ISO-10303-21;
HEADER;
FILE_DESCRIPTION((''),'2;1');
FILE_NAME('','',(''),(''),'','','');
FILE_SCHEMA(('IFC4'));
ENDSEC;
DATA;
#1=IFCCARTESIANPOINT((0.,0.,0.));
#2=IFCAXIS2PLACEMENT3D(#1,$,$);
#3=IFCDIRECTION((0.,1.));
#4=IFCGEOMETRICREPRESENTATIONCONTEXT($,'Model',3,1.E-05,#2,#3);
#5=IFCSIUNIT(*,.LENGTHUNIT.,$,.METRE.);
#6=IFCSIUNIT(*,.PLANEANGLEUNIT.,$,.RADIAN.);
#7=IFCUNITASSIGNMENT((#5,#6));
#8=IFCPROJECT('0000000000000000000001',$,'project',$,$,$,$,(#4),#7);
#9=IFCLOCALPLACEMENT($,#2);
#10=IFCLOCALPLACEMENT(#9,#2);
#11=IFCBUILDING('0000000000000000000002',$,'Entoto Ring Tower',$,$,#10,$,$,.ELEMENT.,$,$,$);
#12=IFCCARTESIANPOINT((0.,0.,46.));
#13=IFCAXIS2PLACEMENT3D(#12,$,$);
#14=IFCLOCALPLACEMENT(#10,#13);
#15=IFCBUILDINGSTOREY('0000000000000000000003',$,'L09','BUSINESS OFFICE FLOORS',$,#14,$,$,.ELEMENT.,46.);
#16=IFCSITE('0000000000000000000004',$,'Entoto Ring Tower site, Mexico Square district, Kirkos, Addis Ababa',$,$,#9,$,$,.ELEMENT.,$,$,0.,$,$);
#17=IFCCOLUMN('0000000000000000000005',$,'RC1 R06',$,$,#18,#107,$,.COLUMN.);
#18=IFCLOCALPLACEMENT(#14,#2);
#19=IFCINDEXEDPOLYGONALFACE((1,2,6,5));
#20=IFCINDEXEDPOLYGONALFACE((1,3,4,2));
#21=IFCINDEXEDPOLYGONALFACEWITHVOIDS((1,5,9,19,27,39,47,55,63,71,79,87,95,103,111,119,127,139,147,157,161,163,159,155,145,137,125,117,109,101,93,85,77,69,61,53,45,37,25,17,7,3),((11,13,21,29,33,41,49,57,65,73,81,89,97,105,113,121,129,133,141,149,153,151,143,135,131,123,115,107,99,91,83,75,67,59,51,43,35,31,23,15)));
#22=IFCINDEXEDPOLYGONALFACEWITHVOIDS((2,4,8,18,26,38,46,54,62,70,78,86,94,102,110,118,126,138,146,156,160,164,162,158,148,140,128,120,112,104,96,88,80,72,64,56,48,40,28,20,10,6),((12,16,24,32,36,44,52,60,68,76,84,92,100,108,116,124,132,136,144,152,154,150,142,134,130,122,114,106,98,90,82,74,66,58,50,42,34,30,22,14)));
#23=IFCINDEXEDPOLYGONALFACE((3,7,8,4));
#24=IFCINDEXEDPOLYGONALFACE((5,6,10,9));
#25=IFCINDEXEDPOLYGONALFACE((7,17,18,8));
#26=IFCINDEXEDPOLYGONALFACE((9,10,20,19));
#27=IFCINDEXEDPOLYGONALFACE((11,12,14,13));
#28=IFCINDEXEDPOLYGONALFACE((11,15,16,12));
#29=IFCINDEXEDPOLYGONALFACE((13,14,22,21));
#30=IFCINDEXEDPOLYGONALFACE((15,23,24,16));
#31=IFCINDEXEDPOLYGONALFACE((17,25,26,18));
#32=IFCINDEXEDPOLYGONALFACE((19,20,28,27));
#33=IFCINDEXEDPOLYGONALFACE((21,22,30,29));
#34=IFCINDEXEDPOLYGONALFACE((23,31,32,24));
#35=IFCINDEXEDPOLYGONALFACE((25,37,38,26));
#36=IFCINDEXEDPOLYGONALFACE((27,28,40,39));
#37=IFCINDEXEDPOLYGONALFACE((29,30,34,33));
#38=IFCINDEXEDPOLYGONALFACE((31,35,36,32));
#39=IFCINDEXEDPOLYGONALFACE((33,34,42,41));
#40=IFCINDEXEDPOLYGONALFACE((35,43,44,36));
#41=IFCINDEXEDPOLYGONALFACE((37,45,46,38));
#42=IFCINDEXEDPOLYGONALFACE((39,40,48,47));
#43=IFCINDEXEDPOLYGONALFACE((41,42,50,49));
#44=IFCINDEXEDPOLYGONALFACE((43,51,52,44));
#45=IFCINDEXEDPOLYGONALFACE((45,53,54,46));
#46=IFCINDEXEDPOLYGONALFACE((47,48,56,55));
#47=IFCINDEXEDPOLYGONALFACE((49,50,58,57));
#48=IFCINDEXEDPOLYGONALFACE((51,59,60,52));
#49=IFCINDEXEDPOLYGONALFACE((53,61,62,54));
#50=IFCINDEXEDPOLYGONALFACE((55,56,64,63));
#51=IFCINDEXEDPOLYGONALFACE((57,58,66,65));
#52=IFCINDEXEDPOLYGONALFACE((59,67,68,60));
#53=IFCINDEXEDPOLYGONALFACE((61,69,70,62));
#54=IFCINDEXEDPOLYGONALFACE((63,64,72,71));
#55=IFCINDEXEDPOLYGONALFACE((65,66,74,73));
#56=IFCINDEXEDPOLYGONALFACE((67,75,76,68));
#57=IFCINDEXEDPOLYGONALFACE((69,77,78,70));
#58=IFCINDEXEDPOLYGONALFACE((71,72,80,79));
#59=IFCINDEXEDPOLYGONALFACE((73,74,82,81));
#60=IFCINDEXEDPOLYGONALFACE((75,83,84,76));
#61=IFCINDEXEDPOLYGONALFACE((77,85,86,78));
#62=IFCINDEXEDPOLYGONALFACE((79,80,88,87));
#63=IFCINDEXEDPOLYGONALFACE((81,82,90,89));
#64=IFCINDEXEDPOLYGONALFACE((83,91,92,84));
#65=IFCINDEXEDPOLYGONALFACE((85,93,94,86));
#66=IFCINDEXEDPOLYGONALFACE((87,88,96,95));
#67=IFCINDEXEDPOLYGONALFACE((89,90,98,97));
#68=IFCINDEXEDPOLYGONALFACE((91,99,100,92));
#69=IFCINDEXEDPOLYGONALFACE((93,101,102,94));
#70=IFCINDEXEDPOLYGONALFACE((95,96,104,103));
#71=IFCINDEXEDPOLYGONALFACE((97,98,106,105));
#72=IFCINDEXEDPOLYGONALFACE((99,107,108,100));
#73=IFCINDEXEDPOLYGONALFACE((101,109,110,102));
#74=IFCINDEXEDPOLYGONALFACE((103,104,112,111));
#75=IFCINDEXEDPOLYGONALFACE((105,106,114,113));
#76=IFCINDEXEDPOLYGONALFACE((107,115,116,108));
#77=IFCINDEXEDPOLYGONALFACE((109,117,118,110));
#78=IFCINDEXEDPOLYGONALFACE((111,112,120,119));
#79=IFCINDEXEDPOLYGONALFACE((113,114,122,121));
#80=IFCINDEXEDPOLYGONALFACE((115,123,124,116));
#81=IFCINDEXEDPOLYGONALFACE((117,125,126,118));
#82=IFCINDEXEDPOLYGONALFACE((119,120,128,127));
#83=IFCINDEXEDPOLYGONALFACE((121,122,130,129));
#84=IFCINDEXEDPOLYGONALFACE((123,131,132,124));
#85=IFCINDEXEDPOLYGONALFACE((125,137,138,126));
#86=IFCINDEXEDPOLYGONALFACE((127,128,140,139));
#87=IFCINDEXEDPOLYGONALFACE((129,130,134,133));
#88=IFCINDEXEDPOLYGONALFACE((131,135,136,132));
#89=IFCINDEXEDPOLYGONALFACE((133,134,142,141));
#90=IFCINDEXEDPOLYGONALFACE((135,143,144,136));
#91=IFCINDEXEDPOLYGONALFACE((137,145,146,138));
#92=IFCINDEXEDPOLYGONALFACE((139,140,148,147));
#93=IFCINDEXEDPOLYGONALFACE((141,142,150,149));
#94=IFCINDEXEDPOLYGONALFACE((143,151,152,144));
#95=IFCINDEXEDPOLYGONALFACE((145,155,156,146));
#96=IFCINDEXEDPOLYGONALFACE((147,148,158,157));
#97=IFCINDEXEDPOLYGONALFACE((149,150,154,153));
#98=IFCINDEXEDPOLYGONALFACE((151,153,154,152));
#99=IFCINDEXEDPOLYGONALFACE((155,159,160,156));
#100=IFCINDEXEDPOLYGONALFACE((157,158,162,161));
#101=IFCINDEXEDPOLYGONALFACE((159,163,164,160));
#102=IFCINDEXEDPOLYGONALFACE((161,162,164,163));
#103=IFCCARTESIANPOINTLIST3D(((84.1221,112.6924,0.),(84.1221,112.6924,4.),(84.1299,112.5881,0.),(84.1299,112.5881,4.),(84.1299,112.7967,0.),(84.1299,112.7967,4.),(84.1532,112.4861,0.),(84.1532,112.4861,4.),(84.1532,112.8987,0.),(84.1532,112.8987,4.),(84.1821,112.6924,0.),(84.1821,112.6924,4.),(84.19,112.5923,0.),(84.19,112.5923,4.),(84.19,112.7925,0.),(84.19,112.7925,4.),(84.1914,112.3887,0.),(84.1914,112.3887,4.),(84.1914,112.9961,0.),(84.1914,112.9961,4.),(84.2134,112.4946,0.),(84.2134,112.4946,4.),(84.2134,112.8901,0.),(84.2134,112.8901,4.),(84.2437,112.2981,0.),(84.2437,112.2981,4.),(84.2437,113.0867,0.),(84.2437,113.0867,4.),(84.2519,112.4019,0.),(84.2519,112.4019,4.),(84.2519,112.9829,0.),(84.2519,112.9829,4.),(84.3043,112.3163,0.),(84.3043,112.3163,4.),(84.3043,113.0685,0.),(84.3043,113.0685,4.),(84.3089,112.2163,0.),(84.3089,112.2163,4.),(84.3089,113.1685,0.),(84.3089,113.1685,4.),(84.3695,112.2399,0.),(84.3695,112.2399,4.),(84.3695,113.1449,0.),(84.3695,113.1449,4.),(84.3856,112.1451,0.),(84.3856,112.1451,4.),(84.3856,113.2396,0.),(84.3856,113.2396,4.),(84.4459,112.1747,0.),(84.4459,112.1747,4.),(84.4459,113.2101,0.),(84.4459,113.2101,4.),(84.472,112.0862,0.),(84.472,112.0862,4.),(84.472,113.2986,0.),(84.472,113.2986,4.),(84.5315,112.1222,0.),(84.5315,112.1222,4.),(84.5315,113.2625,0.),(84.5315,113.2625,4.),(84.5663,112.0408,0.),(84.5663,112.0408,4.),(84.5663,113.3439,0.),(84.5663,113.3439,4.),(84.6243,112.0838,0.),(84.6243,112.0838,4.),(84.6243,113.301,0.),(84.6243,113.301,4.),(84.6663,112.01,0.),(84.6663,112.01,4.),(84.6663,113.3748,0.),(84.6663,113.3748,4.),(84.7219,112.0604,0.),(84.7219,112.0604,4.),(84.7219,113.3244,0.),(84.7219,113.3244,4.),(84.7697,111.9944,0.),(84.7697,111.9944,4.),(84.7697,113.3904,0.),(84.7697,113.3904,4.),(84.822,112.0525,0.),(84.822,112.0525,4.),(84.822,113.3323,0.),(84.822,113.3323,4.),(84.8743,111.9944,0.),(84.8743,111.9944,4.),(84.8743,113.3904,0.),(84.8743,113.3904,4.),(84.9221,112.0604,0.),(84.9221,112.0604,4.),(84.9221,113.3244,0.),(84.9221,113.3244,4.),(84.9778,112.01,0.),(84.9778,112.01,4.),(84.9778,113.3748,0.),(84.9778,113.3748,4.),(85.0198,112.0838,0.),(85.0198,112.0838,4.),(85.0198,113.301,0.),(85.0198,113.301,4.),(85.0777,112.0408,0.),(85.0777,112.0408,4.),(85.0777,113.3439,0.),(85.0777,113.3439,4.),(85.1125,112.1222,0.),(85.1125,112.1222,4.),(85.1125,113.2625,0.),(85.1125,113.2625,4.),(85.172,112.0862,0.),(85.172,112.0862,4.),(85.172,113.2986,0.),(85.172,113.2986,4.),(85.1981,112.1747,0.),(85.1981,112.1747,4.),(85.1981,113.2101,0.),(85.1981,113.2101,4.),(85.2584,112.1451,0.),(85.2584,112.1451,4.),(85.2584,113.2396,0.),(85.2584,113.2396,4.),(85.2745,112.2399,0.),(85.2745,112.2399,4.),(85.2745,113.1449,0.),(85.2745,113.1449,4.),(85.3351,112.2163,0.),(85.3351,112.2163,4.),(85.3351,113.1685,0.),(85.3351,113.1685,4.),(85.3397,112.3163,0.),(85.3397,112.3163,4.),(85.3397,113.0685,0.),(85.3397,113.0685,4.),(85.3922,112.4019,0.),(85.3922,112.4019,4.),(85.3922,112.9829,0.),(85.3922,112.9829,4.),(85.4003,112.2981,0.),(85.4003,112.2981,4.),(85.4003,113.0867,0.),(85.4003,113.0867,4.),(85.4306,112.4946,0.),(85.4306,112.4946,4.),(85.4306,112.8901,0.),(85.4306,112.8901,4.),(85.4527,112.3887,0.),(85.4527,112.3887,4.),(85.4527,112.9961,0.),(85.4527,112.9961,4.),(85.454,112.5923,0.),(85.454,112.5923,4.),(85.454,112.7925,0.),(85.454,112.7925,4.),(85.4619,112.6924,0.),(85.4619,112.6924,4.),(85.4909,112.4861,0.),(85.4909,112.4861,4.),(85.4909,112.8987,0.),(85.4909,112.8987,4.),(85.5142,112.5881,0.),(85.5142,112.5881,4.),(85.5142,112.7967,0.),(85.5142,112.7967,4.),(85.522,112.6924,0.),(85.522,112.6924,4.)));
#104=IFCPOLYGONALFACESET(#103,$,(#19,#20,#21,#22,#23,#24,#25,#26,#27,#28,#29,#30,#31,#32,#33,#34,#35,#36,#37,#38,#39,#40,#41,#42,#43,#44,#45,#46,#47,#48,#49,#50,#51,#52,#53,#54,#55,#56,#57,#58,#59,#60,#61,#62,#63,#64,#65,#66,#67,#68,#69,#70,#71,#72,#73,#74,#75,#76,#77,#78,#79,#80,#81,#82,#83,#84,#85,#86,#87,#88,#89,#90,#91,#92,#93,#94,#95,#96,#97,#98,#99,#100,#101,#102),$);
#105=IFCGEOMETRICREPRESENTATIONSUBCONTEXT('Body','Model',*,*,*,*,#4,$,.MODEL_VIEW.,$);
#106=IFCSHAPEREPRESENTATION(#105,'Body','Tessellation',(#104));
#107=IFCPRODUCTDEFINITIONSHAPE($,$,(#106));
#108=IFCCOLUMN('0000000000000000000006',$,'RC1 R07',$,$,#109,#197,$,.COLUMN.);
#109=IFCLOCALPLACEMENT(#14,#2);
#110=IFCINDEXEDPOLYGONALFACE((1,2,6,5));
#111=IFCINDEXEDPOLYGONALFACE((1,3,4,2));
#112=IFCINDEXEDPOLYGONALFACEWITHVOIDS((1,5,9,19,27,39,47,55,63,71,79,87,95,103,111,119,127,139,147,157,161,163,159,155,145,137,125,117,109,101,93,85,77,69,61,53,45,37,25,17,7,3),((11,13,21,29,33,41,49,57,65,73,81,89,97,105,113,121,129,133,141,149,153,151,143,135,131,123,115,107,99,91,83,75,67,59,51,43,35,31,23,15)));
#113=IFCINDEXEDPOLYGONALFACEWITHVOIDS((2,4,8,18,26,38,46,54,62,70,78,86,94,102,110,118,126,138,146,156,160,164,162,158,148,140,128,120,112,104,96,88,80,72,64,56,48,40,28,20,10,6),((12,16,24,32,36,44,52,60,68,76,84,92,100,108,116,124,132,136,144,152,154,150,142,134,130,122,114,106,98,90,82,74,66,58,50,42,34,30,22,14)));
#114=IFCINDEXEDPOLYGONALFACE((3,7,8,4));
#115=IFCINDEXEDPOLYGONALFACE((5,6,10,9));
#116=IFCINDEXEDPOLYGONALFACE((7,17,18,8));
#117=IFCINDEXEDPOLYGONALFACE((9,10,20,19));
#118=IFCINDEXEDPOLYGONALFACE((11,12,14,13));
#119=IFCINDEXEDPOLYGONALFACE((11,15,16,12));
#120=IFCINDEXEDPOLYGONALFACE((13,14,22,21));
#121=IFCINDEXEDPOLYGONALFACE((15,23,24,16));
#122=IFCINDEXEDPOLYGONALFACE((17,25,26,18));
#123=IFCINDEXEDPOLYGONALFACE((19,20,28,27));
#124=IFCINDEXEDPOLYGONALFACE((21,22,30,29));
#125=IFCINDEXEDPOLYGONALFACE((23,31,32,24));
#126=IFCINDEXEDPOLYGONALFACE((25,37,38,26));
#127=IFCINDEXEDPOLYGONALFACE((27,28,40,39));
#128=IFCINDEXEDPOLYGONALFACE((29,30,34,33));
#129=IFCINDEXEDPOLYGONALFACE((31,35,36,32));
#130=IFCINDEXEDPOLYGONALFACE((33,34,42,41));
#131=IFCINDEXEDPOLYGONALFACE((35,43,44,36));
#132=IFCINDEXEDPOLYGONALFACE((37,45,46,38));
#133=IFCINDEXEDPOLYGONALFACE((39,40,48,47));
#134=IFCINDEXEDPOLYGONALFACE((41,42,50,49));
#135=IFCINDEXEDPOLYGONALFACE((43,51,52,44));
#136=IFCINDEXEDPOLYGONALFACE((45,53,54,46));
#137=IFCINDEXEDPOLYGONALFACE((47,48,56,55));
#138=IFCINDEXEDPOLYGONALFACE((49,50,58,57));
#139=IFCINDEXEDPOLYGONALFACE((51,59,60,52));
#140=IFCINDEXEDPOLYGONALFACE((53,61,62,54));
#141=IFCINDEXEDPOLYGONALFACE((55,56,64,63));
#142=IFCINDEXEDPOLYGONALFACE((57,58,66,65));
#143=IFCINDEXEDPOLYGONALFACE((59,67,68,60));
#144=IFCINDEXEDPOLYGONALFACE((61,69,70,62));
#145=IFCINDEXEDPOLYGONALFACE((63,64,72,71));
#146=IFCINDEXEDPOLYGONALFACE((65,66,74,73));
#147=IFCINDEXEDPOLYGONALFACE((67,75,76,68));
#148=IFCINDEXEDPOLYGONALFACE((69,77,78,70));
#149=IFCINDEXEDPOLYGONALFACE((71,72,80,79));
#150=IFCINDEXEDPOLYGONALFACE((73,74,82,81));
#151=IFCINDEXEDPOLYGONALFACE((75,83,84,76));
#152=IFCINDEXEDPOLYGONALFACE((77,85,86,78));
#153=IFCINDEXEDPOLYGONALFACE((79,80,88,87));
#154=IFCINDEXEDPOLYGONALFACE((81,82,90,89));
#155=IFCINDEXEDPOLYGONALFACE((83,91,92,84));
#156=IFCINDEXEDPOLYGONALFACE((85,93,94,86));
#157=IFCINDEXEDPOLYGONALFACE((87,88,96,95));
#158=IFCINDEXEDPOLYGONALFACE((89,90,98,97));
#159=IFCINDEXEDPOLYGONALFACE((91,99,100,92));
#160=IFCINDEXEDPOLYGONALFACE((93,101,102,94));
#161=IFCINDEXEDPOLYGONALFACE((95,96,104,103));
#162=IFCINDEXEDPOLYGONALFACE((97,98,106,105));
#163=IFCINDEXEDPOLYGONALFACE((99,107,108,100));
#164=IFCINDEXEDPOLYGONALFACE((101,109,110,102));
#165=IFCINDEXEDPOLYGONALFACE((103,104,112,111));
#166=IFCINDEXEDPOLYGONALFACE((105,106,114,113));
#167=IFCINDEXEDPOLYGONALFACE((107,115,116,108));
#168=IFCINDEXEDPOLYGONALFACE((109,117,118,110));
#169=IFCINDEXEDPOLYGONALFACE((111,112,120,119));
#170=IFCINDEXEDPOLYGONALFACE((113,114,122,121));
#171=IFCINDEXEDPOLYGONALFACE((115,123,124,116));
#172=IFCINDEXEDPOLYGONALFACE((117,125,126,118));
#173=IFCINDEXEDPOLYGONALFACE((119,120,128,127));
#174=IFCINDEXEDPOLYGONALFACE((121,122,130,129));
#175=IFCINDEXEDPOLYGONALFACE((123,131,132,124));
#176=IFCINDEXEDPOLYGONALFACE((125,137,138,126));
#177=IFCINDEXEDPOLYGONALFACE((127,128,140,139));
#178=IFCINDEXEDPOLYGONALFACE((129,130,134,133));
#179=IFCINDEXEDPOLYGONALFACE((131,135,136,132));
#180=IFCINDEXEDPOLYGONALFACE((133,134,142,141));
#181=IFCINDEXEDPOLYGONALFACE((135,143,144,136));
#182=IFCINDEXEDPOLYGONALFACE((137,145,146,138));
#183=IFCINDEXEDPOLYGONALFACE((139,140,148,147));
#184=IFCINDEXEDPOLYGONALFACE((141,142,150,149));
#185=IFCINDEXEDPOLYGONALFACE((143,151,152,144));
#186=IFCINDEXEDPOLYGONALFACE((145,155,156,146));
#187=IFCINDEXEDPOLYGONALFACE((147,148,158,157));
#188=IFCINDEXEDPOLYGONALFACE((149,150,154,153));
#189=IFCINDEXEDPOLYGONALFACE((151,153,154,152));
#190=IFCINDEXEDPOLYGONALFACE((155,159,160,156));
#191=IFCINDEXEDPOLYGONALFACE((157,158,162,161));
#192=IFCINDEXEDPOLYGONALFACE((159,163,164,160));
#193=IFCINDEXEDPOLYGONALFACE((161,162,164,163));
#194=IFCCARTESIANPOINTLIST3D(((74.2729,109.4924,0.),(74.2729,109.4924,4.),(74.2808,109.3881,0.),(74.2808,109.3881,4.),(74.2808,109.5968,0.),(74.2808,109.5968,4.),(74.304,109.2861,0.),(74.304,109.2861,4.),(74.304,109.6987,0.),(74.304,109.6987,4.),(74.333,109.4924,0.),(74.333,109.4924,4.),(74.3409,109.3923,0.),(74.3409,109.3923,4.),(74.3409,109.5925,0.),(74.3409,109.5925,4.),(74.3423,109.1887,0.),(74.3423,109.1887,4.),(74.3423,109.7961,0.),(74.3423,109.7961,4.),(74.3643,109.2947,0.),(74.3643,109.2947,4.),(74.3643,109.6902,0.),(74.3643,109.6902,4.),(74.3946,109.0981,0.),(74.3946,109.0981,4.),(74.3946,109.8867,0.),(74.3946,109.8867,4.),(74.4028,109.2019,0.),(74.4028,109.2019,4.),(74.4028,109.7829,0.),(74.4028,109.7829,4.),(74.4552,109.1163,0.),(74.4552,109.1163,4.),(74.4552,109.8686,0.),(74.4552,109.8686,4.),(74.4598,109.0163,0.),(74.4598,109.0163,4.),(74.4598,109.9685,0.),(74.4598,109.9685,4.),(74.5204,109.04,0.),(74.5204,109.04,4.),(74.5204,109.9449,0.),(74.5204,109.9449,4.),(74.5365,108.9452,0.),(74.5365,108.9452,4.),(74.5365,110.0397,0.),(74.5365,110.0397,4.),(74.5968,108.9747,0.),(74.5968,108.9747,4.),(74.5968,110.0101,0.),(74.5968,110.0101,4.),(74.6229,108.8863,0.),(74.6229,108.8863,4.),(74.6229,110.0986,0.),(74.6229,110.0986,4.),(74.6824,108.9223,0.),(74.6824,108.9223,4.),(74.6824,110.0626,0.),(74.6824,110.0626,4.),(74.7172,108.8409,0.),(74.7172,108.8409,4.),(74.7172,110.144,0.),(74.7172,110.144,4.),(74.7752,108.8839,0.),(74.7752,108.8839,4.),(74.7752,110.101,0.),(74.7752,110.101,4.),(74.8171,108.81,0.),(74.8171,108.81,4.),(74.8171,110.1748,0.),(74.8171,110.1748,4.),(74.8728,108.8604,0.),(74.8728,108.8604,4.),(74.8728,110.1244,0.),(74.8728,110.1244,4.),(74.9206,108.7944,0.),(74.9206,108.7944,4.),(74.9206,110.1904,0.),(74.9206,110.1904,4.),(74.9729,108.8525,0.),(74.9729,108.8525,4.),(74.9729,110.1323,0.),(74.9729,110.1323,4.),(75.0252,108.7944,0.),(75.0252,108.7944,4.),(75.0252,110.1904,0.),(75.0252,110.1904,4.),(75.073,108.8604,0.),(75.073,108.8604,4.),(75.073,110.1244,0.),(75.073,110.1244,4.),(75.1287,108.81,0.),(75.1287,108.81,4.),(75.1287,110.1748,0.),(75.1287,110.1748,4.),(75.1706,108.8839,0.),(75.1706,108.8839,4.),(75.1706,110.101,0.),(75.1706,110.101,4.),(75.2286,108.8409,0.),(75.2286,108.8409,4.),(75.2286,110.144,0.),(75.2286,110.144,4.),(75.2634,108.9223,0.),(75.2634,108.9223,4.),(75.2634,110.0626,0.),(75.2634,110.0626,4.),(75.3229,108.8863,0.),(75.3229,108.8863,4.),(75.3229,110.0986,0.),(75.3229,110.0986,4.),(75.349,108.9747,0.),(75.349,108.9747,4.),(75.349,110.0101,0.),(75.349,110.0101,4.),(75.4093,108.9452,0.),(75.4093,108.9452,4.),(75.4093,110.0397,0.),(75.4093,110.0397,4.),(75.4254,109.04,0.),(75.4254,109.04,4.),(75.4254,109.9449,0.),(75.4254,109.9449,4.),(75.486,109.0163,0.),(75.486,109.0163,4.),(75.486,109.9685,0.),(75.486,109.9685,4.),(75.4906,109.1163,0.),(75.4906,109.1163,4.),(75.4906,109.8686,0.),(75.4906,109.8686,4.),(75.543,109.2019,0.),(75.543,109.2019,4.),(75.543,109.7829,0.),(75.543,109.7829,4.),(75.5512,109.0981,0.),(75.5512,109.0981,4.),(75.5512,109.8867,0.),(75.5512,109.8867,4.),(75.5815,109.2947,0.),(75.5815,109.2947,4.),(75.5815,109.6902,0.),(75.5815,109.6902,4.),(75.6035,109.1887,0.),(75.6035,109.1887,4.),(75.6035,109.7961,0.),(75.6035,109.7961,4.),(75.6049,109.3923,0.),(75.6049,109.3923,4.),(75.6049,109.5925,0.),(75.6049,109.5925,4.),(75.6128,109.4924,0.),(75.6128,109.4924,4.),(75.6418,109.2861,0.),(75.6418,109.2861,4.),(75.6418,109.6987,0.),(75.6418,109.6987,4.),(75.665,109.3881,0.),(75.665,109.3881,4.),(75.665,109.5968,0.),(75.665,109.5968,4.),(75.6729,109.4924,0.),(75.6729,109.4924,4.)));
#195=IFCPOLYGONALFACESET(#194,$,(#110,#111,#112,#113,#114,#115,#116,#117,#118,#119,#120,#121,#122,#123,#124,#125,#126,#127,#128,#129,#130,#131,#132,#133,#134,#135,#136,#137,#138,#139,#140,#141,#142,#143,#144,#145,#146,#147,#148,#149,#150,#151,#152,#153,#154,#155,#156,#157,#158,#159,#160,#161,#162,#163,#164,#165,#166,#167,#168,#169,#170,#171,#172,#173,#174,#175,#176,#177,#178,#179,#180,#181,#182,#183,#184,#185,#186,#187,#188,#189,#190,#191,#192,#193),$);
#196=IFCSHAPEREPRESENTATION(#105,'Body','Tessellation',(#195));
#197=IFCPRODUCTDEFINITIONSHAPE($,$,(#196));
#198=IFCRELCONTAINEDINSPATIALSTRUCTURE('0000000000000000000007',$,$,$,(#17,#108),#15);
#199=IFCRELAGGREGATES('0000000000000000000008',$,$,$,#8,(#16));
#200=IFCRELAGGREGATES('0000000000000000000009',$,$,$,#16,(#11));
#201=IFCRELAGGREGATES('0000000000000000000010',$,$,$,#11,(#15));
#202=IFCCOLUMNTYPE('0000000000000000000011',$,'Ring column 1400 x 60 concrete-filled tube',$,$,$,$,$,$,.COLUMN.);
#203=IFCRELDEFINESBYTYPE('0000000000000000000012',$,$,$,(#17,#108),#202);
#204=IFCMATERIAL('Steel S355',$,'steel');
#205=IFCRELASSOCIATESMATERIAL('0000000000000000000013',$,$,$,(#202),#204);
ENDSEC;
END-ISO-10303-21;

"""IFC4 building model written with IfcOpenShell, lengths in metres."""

from ifc_helpers import new_model, si_unit, direction, frame, origin, origin_2d, place, context, subcontext, project, spatial, circle, hollow_circle, extrude, material, material_profile, profile_set, type_object, element, save


model = new_model("IFC4")

# Units and contexts
model_context = context("Model", 3, precision=1e-05, world=origin(), true_north=direction((0.0, 1.0)))
body_context = subcontext(model_context, "Body", "Model", "MODEL_VIEW")
ifc_project = project(units=[si_unit("LENGTHUNIT", "METRE"), si_unit("PLANEANGLEUNIT", "RADIAN")], contexts=[model_context])

# Site, building, storey
site_placement = place(None, origin())
site = spatial("IfcSite", under=ifc_project, at=site_placement, Name="Entoto Ring Tower site, Mexico Square district, Kirkos, Addis Ababa", CompositionType="ELEMENT", RefElevation=0.0)
building_placement = place(site_placement, origin())
building = spatial("IfcBuilding", under=site, at=building_placement, Name="Entoto Ring Tower", CompositionType="ELEMENT")
storey_placement = place(building_placement, frame((0.0, 0.0, 46.0)))
storey = spatial("IfcBuildingStorey", under=building, at=storey_placement, Name="L09", Description="BUSINESS OFFICE FLOORS", CompositionType="ELEMENT", Elevation=46.0)

# Columns
ifc_material_1 = material(Name="Steel S355", Category="steel")
ifc_material_profile_1 = material_profile(ifc_material_1, hollow_circle(Radius=0.7, WallThickness=0.0601, at=origin_2d()), Name="CHS 1400 x 60")
ifc_material_2 = material(Name="Concrete C60/75", Category="concrete")
ifc_material_profile_2 = material_profile(ifc_material_2, circle(Radius=0.6399, at=origin_2d()), Name="Concrete C60/75 infill")
ifc_profile_set_1 = profile_set([ifc_material_profile_1, ifc_material_profile_2], Name="Steel S355")
column_type = type_object("IfcColumnType", Name="Ring column 1400 x 60 concrete-filled tube", PredefinedType="COLUMN", material=ifc_profile_set_1)
for number, where, z_axis, x_axis, name in (
    (1, (84.822, 112.6924, 0.0), (0.0, 0.0, 1.0), (1.0, 0.0, 0.0), "RC1 R06"),
    (2, (74.9729, 109.4924, 0.0), (0.0, 0.0, 1.0), (1.0, 0.0, 0.0), "RC1 R07"),
):
    element("IfcColumn", number, at=place(storey_placement, frame(where, z_axis=z_axis, x_axis=x_axis)), inside=storey, type_object=column_type, Name=name, PredefinedType="COLUMN", context=body_context, shape_type="SweptSolid", body=[
        extrude(hollow_circle(Radius=0.7, WallThickness=0.0601, at=origin_2d()), origin(), (0.0, 0.0, 1.0), 4.0),
    ])

save(model, "model.ifc")
